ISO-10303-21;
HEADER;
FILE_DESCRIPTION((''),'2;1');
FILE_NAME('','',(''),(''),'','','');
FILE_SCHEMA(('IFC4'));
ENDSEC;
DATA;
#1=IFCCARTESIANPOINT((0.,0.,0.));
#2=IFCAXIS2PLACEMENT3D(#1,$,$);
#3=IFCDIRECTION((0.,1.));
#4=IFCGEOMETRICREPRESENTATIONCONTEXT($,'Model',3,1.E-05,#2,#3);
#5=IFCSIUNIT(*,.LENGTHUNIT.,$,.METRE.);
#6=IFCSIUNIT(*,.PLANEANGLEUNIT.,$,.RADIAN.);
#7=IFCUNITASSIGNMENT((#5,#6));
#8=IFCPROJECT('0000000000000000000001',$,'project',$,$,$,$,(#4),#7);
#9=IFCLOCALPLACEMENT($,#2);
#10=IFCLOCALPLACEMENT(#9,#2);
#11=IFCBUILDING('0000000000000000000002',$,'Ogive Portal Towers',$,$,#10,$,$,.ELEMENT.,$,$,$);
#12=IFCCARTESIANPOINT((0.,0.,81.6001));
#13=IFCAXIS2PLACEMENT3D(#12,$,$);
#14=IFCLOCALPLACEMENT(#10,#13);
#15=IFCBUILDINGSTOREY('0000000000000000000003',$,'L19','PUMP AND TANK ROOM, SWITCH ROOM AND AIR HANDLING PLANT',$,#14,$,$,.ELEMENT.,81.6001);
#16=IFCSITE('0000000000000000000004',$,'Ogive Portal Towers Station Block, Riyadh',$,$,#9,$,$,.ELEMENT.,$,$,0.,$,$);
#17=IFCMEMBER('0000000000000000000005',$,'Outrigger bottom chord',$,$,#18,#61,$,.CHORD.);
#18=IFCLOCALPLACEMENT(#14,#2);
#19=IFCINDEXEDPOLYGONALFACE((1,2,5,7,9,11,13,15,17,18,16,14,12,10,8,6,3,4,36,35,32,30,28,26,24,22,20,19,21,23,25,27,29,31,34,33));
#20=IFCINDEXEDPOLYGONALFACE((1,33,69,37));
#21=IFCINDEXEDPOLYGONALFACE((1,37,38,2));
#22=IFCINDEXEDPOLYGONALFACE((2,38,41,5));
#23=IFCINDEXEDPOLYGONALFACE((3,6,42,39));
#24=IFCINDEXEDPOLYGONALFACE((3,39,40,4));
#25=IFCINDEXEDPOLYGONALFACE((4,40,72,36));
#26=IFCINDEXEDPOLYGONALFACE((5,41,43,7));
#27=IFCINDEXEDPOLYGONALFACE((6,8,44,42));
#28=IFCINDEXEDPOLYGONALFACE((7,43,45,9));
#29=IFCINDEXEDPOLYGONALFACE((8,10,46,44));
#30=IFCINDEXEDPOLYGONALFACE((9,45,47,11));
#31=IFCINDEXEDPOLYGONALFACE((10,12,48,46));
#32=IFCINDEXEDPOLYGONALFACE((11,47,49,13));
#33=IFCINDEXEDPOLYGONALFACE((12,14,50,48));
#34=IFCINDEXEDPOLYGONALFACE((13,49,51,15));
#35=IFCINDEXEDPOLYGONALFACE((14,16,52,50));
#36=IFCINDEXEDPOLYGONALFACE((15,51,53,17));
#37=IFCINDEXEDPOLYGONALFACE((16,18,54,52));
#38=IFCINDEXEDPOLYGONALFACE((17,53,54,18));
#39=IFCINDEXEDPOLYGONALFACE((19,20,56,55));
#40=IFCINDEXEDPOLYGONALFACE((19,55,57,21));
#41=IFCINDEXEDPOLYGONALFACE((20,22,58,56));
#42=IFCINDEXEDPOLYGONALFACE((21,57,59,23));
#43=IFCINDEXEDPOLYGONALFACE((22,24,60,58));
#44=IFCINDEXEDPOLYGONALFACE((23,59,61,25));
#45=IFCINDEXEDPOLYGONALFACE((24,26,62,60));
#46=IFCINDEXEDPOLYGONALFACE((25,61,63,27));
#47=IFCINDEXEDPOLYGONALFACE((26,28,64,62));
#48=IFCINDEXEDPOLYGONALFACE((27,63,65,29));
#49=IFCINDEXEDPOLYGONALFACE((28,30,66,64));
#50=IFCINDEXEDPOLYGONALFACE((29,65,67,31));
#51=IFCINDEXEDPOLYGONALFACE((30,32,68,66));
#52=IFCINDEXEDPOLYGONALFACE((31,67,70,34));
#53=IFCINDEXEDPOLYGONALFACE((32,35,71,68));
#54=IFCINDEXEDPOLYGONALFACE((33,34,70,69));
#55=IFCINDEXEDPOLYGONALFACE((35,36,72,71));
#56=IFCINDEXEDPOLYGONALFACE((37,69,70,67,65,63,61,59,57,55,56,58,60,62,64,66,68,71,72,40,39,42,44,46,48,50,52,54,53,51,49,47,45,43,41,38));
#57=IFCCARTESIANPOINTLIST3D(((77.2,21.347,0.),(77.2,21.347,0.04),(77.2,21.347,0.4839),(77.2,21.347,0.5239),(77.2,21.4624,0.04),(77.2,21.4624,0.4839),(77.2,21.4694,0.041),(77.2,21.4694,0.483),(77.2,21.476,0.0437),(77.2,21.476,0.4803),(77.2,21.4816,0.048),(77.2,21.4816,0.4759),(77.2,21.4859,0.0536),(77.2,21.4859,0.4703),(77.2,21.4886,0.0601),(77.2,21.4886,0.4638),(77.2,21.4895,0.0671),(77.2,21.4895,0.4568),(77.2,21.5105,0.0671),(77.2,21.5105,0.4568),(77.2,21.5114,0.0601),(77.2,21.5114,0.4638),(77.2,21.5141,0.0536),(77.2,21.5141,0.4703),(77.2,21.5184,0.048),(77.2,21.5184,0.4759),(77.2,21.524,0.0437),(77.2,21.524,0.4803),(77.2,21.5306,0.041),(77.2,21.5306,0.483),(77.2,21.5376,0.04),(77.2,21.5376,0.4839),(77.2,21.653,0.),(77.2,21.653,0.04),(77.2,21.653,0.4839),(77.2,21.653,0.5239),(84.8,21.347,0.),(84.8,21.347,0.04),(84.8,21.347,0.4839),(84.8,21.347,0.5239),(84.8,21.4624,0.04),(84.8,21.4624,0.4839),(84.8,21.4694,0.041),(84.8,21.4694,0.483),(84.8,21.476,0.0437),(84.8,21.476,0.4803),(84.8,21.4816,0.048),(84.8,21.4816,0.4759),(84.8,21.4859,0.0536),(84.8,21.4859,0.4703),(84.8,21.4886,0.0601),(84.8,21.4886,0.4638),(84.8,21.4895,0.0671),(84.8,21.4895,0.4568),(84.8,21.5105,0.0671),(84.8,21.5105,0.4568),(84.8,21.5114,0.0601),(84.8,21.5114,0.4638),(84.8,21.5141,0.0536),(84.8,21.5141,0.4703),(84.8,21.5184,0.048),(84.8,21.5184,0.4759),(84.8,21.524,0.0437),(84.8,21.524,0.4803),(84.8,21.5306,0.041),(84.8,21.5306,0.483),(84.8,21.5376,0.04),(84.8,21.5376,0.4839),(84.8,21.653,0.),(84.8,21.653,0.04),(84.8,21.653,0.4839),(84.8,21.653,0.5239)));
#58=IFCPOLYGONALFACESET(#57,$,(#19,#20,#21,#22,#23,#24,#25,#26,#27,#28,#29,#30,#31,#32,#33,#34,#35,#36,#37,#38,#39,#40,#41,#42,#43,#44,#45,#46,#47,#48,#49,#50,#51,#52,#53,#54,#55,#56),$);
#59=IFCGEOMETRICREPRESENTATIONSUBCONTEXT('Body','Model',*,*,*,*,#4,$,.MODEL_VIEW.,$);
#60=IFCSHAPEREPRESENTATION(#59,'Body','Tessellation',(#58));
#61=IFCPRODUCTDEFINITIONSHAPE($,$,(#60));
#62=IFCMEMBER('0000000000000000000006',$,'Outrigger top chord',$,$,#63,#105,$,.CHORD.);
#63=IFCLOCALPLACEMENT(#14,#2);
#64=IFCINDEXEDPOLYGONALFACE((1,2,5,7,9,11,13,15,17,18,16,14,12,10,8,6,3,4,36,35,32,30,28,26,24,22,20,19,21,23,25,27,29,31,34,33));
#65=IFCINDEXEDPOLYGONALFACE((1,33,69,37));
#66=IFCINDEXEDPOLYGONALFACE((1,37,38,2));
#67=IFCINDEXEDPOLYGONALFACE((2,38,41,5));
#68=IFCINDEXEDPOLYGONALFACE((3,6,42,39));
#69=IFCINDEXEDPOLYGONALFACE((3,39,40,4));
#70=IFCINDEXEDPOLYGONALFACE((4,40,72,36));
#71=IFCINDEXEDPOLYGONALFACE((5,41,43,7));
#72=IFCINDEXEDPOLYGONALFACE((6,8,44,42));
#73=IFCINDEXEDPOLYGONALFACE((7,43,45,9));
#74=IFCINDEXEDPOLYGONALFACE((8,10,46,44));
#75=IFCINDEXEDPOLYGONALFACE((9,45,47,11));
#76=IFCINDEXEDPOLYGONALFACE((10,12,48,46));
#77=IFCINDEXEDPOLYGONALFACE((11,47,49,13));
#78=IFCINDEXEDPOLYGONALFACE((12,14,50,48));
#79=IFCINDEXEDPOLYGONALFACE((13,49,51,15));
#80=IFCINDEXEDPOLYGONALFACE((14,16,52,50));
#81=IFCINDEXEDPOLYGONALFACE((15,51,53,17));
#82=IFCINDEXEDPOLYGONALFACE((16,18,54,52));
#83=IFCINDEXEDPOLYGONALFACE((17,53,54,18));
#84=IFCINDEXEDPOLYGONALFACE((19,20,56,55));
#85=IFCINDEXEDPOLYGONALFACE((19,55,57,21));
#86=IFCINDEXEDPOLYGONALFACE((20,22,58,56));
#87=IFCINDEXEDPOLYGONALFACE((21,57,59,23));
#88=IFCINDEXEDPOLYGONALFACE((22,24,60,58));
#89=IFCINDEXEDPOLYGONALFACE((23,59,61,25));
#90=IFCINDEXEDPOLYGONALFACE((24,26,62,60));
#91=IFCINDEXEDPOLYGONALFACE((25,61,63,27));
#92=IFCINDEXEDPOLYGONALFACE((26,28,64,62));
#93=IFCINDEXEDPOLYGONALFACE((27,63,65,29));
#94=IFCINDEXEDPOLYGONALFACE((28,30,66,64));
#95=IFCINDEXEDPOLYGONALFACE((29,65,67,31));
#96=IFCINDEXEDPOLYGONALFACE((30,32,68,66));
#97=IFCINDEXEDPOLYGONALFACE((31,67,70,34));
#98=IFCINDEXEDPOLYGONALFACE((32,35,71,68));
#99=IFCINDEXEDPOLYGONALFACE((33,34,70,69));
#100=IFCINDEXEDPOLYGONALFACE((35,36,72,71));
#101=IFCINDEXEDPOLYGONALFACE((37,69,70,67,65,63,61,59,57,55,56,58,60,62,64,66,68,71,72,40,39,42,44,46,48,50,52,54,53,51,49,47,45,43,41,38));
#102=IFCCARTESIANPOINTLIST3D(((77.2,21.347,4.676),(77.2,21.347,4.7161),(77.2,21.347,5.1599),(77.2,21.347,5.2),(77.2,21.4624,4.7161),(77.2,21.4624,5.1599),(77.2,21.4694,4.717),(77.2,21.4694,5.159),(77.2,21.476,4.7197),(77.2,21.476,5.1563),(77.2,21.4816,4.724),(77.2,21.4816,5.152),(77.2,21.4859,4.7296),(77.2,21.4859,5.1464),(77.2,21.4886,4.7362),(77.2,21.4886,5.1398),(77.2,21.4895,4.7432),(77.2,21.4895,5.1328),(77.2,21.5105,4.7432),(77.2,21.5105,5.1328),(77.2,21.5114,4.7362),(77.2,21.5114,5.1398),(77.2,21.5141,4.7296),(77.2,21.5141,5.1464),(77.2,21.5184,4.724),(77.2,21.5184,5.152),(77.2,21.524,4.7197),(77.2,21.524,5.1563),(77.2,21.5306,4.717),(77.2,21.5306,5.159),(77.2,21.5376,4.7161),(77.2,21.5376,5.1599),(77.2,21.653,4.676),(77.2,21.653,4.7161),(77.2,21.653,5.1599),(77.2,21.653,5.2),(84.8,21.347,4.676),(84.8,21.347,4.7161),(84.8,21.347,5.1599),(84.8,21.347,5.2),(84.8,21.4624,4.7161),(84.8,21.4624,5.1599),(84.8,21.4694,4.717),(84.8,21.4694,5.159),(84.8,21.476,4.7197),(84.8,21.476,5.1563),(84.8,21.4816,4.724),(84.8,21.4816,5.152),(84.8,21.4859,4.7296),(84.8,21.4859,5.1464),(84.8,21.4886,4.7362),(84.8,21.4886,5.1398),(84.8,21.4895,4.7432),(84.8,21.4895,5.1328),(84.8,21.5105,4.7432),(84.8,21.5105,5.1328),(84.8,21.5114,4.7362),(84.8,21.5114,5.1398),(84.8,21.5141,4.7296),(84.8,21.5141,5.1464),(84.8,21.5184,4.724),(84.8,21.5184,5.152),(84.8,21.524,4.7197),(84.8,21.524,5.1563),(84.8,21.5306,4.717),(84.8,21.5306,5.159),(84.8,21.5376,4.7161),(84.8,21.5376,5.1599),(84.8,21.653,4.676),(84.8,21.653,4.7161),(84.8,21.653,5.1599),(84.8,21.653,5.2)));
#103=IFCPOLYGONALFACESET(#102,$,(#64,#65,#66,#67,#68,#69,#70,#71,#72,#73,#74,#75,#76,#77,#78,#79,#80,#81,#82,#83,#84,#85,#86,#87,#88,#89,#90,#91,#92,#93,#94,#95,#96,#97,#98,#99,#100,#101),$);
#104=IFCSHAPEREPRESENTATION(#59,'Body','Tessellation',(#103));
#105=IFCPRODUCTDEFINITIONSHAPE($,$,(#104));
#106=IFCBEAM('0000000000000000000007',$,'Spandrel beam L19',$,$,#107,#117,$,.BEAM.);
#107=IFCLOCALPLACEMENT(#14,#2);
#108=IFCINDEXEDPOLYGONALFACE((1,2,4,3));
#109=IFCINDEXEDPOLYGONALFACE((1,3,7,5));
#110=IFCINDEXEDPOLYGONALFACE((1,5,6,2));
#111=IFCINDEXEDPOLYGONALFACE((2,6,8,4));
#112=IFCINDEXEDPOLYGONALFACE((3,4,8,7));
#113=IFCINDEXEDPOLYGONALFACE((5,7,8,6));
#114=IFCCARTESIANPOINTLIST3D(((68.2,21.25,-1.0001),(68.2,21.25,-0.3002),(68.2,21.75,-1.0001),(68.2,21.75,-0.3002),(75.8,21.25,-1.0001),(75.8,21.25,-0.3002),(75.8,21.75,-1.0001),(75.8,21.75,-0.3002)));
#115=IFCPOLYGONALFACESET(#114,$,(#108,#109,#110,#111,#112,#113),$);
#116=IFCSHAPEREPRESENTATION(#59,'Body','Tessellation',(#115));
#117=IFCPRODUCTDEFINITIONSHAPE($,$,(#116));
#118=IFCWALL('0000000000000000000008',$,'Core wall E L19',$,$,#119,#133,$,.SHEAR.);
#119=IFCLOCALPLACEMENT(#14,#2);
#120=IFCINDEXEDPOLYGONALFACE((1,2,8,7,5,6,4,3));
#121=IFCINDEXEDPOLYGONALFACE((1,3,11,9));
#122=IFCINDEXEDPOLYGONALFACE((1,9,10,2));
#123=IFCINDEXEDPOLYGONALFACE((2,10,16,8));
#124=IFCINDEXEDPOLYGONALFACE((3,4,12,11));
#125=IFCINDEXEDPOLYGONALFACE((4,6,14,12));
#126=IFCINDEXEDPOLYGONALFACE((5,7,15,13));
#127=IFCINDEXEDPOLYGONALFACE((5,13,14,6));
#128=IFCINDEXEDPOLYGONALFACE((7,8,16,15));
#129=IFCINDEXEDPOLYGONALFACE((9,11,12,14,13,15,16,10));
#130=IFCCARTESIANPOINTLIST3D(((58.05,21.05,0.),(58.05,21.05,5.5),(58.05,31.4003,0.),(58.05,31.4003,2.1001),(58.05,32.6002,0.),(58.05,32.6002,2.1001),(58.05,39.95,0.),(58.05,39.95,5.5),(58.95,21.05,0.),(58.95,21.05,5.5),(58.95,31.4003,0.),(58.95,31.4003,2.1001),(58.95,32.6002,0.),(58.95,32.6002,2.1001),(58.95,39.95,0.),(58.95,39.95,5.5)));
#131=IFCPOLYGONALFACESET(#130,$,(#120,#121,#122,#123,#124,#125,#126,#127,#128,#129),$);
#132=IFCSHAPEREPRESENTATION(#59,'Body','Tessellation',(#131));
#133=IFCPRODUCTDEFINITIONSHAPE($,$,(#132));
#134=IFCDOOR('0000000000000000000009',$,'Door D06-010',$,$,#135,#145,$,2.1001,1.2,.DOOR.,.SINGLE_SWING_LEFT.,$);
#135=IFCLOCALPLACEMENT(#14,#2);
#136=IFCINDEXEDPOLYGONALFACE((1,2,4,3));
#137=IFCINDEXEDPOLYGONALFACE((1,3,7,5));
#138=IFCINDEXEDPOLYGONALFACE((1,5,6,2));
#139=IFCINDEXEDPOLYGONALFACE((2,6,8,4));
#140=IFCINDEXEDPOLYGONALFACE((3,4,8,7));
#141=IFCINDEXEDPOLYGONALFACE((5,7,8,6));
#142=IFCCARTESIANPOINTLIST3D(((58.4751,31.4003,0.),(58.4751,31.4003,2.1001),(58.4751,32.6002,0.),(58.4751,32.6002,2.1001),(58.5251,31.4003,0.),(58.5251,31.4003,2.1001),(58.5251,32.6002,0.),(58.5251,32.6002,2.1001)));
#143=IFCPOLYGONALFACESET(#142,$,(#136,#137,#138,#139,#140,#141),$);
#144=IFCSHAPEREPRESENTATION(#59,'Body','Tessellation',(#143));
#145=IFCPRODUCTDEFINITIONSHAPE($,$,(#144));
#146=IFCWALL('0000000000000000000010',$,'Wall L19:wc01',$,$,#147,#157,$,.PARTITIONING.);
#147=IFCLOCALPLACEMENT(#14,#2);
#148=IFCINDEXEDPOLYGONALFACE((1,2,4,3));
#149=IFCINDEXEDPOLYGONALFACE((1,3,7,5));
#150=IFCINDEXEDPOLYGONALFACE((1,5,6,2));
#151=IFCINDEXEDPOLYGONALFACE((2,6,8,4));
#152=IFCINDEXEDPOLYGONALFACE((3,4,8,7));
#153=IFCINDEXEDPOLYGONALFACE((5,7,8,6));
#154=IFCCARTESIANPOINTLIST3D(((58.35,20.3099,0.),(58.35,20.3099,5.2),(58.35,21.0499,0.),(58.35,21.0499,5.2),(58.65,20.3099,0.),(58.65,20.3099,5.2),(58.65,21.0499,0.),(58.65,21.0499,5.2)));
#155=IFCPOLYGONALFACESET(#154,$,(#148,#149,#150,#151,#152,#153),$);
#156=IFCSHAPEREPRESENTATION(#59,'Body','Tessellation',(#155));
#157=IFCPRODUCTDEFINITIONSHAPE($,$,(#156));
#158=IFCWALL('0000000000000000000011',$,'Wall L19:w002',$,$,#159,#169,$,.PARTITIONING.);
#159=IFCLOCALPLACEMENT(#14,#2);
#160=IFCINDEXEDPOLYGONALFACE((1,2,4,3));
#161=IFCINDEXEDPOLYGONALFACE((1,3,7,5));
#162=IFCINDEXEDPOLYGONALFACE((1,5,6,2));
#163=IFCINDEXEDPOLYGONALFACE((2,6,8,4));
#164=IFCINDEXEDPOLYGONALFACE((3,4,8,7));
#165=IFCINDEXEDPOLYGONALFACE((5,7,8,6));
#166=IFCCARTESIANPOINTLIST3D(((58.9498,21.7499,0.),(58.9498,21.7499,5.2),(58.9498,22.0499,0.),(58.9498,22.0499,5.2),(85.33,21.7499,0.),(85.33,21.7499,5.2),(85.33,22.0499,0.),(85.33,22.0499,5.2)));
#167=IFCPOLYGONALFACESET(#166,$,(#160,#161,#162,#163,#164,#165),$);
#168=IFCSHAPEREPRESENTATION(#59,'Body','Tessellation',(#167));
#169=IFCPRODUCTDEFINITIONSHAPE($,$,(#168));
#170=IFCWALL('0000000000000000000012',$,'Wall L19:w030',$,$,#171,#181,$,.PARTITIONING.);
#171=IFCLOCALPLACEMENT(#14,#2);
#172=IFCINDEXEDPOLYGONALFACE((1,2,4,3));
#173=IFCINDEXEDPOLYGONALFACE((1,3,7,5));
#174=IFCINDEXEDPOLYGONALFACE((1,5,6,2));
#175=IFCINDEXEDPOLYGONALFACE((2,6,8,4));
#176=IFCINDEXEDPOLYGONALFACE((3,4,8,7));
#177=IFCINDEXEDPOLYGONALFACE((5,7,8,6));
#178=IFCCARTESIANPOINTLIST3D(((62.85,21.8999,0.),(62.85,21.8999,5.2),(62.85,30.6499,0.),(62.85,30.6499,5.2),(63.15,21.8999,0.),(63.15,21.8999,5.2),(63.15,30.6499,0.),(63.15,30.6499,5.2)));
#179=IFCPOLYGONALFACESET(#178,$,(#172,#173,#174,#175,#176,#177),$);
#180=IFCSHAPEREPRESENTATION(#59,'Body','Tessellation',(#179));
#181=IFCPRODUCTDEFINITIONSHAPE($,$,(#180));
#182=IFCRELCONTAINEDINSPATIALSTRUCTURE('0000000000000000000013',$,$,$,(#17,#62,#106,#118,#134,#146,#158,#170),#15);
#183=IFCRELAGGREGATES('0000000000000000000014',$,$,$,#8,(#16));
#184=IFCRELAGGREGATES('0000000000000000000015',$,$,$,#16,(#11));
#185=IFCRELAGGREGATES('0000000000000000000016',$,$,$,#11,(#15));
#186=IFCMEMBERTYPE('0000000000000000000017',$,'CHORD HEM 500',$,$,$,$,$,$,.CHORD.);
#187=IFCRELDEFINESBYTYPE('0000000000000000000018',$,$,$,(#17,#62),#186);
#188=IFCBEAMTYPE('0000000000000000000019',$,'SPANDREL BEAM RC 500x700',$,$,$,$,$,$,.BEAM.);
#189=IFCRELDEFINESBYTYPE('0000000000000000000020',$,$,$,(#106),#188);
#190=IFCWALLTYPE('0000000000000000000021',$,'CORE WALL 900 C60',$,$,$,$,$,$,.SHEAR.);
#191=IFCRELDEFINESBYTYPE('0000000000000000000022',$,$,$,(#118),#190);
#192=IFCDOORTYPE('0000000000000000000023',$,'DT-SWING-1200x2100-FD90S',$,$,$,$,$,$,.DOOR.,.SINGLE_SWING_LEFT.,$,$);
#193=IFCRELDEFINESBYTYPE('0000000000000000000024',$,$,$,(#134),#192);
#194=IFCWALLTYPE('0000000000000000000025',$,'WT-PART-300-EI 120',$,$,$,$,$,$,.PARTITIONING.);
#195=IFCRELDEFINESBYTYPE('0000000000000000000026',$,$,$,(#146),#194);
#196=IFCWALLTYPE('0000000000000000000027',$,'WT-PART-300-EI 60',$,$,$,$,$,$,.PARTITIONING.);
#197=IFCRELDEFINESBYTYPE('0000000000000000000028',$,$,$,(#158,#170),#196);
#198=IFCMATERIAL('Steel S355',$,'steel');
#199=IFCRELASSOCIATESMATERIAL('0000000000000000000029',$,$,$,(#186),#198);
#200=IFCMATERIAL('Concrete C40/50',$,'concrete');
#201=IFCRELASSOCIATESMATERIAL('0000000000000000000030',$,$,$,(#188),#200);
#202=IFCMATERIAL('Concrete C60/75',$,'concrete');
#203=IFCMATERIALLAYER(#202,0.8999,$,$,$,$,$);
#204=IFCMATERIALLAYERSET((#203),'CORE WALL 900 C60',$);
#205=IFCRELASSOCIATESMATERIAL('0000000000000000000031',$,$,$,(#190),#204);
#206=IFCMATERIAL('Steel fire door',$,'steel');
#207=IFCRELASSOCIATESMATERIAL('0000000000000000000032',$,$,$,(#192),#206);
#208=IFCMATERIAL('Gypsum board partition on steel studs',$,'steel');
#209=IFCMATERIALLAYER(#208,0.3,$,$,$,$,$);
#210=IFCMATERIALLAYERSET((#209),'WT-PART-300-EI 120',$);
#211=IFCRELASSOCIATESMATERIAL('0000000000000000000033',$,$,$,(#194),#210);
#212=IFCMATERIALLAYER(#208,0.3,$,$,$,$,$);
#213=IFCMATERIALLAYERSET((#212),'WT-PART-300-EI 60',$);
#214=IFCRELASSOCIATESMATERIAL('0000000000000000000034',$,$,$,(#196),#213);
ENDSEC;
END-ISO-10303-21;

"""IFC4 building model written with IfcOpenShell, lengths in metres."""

from ifc_helpers import new_model, si_unit, direction, frame, frame_2d, origin, origin_2d, place, context, subcontext, project, spatial, rectangle, i_section, extrude, material, layer, layer_set, material_profile, profile_set, type_object, element, fill, save


model = new_model("IFC4")

# Units and contexts
model_context = context("Model", 3, precision=1e-05, world=origin(), true_north=direction((0.0, 1.0)))
body_context = subcontext(model_context, "Body", "Model", "MODEL_VIEW")
ifc_project = project(units=[si_unit("LENGTHUNIT", "METRE"), si_unit("PLANEANGLEUNIT", "RADIAN")], contexts=[model_context])

# Site, building, storey
site_placement = place(None, origin())
site = spatial("IfcSite", under=ifc_project, at=site_placement, Name="Ogive Portal Towers Station Block, Riyadh", CompositionType="ELEMENT", RefElevation=0.0)
building_placement = place(site_placement, origin())
building = spatial("IfcBuilding", under=site, at=building_placement, Name="Ogive Portal Towers", CompositionType="ELEMENT")
storey_placement = place(building_placement, frame((0.0, 0.0, 81.6001)))
storey = spatial("IfcBuildingStorey", under=building, at=storey_placement, Name="L19", Description="PUMP AND TANK ROOM, SWITCH ROOM AND AIR HANDLING PLANT", CompositionType="ELEMENT", Elevation=81.6001)

# Shared definitions
ifc_material_1 = material(Name="Concrete C60/75", Category="concrete")

# Members
ifc_material_2 = material(Name="Steel S355", Category="steel")
ifc_material_profile_1 = material_profile(ifc_material_2, i_section(OverallWidth=0.3059, OverallDepth=0.5239, WebThickness=0.021, FlangeThickness=0.04, FilletRadius=0.0271, at=origin_2d()), Name="HEM 500")
ifc_profile_set_1 = profile_set([ifc_material_profile_1], Name="Steel S355")
member_type_1 = type_object("IfcMemberType", Name="CHORD HEM 500", PredefinedType="CHORD", material=ifc_profile_set_1)
for number, where, z_axis, x_axis, name in (
    (1, (77.2, 21.5, 0.262), (1.0, 0.0, 0.0), (0.0, 1.0, 0.0), "Outrigger bottom chord"),
    (2, (77.2, 21.5, 4.938), (1.0, 0.0, 0.0), (0.0, 1.0, 0.0), "Outrigger top chord"),
):
    element("IfcMember", number, at=place(storey_placement, frame(where, z_axis=z_axis, x_axis=x_axis)), inside=storey, type_object=member_type_1, Name=name, PredefinedType="CHORD", context=body_context, shape_type="SweptSolid", body=[
        extrude(i_section(OverallWidth=0.3059, OverallDepth=0.5239, WebThickness=0.021, FlangeThickness=0.04, FilletRadius=0.0271, at=origin_2d()), origin(), (0.0, 0.0, 1.0), 7.6001),
    ])

# Beam
ifc_material_3 = material(Name="Concrete C40/50", Category="concrete")
ifc_material_profile_2 = material_profile(ifc_material_3, rectangle(XDim=0.5, YDim=0.7, at=origin_2d()), Name="RC 500x700")
ifc_profile_set_2 = profile_set([ifc_material_profile_2], Name="Concrete C40/50")
beam_type = type_object("IfcBeamType", Name="SPANDREL BEAM RC 500x700", PredefinedType="BEAM", material=ifc_profile_set_2)
beam_placement = place(storey_placement, frame((75.8, 21.5, -0.6501), z_axis=(-1.0, 0.0, 0.0), x_axis=(0.0, -1.0, 0.0)))
element("IfcBeam", 3, at=beam_placement, inside=storey, type_object=beam_type, Name="Spandrel beam L19", PredefinedType="BEAM", context=body_context, shape_type="SweptSolid", body=[
    extrude(rectangle(XDim=0.5, YDim=0.7, at=origin_2d()), origin(), (0.0, 0.0, 1.0), 7.6001),
])

# Wall, opening, door
ifc_layer_1 = layer(ifc_material_1, 0.8999)
ifc_layer_set_1 = layer_set([ifc_layer_1], Name="CORE WALL 900 C60")
wall_type_1 = type_object("IfcWallType", Name="CORE WALL 900 C60", PredefinedType="SHEAR", material=ifc_layer_set_1)
wall_1_placement = place(storey_placement, frame((58.5, 21.05, 0.0), z_axis=(0.0, 0.0, 1.0), x_axis=(0.0, 1.0, 0.0)))
wall_1 = element("IfcWall", 4, at=wall_1_placement, inside=storey, type_object=wall_type_1, Name="Core wall E L19", PredefinedType="SHEAR", context=body_context, shape_type="SweptSolid", body=[
    extrude(rectangle(XDim=18.8999, YDim=0.8999, at=frame_2d((9.45, 0.0))), origin(), (0.0, 0.0, 1.0), 5.5),
])
opening_placement = place(wall_1_placement, frame((10.3501, 0.0, 0.0)))
opening = element("IfcOpeningElement", 5, at=opening_placement, cuts=wall_1, PredefinedType="OPENING", context=body_context, shape_type="SweptSolid", body=[
    extrude(rectangle(XDim=1.2, YDim=2.1001, at=frame_2d((0.6001, 1.05))), frame((0.0, 0.46, 0.0), z_axis=(0.0, -1.0, 0.0), x_axis=(1.0, 0.0, 0.0)), (0.0, 0.0, 1.0), 0.9199),
])
ifc_material_4 = material(Name="Steel fire door", Category="steel")
door_type = type_object("IfcDoorType", Name="DT-SWING-1200x2100-FD90S", OperationType="SINGLE_SWING_LEFT", PredefinedType="DOOR", material=ifc_material_4)
door_placement = place(opening_placement, origin())
door = element("IfcDoor", 6, at=door_placement, inside=storey, type_object=door_type, Name="Door D06-010", OperationType="SINGLE_SWING_LEFT", OverallHeight=2.1001, OverallWidth=1.2, PredefinedType="DOOR", context=body_context, shape_type="SweptSolid", body=[
    extrude(rectangle(XDim=1.2, YDim=2.1001, at=frame_2d((0.6001, 1.05))), frame((0.0, 0.0249, 0.0), z_axis=(0.0, -1.0, 0.0), x_axis=(1.0, 0.0, 0.0)), (0.0, 0.0, 1.0), 0.05),
])
fill(opening, door)

# Walls
ifc_material_5 = material(Name="Gypsum board partition on steel studs", Category="steel")
ifc_layer_2 = layer(ifc_material_5, 0.3)
ifc_layer_set_2 = layer_set([ifc_layer_2], Name="WT-PART-300-EI 120")
wall_type_2 = type_object("IfcWallType", Name="WT-PART-300-EI 120", PredefinedType="PARTITIONING", material=ifc_layer_set_2)
wall_2_placement = place(storey_placement, frame((58.5, 21.05, 0.0), z_axis=(0.0, 0.0, 1.0), x_axis=(0.0, -1.0, 0.0)))
element("IfcWall", 7, at=wall_2_placement, inside=storey, type_object=wall_type_2, Name="Wall L19:wc01", PredefinedType="PARTITIONING", context=body_context, shape_type="SweptSolid", body=[
    extrude(rectangle(XDim=0.74, YDim=0.3, at=frame_2d((0.3701, 0.0))), origin(), (0.0, 0.0, 1.0), 5.2),
])
ifc_layer_3 = layer(ifc_material_5, 0.3)
ifc_layer_set_3 = layer_set([ifc_layer_3], Name="WT-PART-300-EI 60")
wall_type_3 = type_object("IfcWallType", Name="WT-PART-300-EI 60", PredefinedType="PARTITIONING", material=ifc_layer_set_3)
wall_3_placement = place(storey_placement, frame((58.95, 21.8999, 0.0), z_axis=(0.0, 0.0, 1.0), x_axis=(1.0, 0.0, 0.0)))
element("IfcWall", 8, at=wall_3_placement, inside=storey, type_object=wall_type_3, Name="Wall L19:w002", PredefinedType="PARTITIONING", context=body_context, shape_type="SweptSolid", body=[
    extrude(rectangle(XDim=26.3801, YDim=0.3, at=frame_2d((13.1899, 0.0))), origin(), (0.0, 0.0, 1.0), 5.2),
])
for number, where, z_axis, x_axis, name in (
    (9, (63.0, 21.8999, 0.0), (0.0, 0.0, 1.0), (0.0, 1.0, 0.0), "Wall L19:w030"),
):
    element("IfcWall", number, at=place(storey_placement, frame(where, z_axis=z_axis, x_axis=x_axis)), inside=storey, type_object=wall_type_3, Name=name, PredefinedType="PARTITIONING", context=body_context, shape_type="SweptSolid", body=[
        extrude(rectangle(XDim=8.75, YDim=0.3, at=frame_2d((4.375, 0.0))), origin(), (0.0, 0.0, 1.0), 5.2),
    ])

save(model, "model.ifc")
